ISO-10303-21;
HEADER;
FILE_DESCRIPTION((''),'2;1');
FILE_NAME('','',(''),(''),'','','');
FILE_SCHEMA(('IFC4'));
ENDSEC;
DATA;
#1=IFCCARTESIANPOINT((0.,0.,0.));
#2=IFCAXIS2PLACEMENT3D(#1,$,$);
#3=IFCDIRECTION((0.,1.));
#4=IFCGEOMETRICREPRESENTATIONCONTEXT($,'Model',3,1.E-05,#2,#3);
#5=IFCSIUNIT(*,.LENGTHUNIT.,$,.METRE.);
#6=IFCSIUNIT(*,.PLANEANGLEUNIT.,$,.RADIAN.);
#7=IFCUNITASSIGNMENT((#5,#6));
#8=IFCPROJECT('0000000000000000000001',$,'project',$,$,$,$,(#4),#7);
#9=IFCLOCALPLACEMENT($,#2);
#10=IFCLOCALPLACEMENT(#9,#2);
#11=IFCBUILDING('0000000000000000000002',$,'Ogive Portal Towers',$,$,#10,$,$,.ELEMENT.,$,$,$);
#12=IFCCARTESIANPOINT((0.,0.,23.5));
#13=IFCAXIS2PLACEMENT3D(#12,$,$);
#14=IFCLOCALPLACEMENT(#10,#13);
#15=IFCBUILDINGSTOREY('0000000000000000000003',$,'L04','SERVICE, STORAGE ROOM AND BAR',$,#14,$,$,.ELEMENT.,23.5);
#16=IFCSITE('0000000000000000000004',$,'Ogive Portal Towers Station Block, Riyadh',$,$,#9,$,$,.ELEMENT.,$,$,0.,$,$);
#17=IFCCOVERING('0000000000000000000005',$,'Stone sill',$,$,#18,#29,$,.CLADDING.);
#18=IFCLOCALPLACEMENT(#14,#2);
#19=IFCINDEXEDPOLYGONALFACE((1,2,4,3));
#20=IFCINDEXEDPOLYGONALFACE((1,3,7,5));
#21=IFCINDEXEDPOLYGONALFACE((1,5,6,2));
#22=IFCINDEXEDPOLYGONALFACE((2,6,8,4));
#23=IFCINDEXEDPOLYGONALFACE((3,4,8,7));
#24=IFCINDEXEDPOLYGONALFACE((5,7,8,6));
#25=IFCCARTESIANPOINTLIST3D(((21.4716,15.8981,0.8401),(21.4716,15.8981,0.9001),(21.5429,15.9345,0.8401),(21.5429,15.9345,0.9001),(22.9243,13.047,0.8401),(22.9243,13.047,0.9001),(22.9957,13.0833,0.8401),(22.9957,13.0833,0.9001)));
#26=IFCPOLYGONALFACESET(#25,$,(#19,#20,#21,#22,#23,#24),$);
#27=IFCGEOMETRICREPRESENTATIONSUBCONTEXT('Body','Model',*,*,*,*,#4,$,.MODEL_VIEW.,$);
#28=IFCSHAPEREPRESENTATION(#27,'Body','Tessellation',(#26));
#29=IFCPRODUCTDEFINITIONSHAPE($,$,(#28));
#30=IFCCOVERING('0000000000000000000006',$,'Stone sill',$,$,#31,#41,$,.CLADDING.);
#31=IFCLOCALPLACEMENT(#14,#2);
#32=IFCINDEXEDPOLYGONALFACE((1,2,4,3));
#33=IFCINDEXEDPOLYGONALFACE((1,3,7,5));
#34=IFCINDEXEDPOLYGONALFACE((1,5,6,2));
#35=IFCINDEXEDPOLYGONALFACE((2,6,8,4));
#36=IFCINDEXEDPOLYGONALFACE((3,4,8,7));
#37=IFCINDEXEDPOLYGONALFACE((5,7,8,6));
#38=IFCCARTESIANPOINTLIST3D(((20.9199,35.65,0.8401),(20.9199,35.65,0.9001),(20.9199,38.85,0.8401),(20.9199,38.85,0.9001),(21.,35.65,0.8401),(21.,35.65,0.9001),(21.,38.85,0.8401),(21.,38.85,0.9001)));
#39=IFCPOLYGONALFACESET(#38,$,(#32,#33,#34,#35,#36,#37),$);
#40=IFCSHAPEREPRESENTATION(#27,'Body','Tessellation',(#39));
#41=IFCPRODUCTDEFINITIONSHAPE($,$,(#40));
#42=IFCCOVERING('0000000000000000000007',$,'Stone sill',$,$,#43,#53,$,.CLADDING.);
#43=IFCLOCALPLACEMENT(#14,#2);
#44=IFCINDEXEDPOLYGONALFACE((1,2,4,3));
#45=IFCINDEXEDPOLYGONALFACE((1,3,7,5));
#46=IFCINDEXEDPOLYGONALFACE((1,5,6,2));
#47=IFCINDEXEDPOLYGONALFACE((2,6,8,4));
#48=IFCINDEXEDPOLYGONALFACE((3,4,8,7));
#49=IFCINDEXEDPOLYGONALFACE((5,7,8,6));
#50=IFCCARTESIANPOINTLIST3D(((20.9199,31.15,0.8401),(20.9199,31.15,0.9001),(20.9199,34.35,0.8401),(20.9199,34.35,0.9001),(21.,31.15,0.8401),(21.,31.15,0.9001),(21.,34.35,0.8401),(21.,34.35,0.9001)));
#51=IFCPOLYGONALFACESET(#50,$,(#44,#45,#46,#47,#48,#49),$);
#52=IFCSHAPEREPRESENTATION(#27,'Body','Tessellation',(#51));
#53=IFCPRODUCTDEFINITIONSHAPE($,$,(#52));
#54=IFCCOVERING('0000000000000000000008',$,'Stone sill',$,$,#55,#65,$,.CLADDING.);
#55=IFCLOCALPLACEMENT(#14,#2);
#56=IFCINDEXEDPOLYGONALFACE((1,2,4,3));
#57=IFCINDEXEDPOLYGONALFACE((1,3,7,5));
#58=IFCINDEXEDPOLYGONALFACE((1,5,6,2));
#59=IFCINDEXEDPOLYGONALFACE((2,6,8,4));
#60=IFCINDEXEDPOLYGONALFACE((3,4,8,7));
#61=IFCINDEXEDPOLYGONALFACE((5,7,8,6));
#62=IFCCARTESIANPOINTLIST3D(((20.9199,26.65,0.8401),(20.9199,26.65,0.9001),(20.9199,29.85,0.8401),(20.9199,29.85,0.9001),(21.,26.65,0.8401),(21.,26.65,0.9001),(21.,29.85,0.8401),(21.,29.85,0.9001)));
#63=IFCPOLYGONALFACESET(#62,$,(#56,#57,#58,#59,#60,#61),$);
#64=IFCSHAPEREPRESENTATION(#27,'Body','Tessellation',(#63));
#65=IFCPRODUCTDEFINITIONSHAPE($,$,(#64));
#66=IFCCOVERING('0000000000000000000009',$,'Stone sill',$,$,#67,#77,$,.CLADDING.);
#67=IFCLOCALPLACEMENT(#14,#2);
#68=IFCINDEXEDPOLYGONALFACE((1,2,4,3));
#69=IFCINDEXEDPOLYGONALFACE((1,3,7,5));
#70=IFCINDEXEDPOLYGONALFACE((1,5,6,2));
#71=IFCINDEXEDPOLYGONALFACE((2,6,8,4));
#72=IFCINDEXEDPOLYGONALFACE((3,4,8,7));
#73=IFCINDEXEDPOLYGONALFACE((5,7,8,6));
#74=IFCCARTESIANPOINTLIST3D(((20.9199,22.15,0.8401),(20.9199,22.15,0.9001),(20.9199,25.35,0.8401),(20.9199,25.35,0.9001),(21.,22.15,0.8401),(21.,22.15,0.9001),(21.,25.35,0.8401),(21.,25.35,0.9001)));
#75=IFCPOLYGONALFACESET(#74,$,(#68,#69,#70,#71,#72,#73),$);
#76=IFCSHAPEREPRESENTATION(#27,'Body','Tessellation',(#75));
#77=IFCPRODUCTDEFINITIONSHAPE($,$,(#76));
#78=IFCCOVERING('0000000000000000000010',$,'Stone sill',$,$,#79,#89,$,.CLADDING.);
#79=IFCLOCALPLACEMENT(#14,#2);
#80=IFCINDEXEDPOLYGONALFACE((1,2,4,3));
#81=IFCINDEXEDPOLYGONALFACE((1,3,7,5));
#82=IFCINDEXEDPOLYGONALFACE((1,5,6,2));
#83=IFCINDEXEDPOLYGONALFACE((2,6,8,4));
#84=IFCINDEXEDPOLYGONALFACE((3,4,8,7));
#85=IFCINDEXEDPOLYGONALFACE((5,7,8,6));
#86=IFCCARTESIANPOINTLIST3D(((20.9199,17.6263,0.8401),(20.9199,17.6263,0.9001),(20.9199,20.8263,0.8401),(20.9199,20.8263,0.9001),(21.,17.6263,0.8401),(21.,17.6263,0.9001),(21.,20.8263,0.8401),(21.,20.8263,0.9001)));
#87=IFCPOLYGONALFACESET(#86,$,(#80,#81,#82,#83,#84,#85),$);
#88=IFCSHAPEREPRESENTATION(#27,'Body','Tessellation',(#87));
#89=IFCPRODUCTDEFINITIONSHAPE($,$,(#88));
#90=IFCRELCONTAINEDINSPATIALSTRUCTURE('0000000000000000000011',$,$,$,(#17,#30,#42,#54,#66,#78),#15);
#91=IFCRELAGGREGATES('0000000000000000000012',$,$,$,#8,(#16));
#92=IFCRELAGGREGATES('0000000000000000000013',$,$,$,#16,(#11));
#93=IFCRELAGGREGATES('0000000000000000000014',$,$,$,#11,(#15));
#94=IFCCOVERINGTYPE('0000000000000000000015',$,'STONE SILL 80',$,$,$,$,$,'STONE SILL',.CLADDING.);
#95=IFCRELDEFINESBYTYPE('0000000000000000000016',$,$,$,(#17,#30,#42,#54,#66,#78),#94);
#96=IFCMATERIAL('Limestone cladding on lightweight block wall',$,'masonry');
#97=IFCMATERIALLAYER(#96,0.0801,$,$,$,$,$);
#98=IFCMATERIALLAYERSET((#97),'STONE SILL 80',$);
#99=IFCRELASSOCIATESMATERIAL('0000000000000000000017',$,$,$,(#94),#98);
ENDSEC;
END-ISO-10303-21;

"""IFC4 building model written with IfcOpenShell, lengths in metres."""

from ifc_helpers import new_model, si_unit, direction, frame, origin, origin_2d, place, context, subcontext, project, spatial, rectangle, extrude, material, layer, layer_set, type_object, element, save


model = new_model("IFC4")

# Units and contexts
model_context = context("Model", 3, precision=1e-05, world=origin(), true_north=direction((0.0, 1.0)))
body_context = subcontext(model_context, "Body", "Model", "MODEL_VIEW")
ifc_project = project(units=[si_unit("LENGTHUNIT", "METRE"), si_unit("PLANEANGLEUNIT", "RADIAN")], contexts=[model_context])

# Site, building, storey
site_placement = place(None, origin())
site = spatial("IfcSite", under=ifc_project, at=site_placement, Name="Ogive Portal Towers Station Block, Riyadh", CompositionType="ELEMENT", RefElevation=0.0)
building_placement = place(site_placement, origin())
building = spatial("IfcBuilding", under=site, at=building_placement, Name="Ogive Portal Towers", CompositionType="ELEMENT")
storey_placement = place(building_placement, frame((0.0, 0.0, 23.5)))
storey = spatial("IfcBuildingStorey", under=building, at=storey_placement, Name="L04", Description="SERVICE, STORAGE ROOM AND BAR", CompositionType="ELEMENT", Elevation=23.5)

# Shared definitions
ifc_material_1 = material(Name="Limestone cladding on lightweight block wall", Category="masonry")

# Coverings
ifc_layer_1 = layer(ifc_material_1, 0.0801)
ifc_layer_set_1 = layer_set([ifc_layer_1], Name="STONE SILL 80")
covering_type = type_object("IfcCoveringType", Name="STONE SILL 80", ElementType="STONE SILL", PredefinedType="CLADDING", material=ifc_layer_set_1)
for number, where, z_axis, x_axis, name in (
    (1, (22.2336, 14.4907, 0.8401), (0.0, 0.0, 1.0), (0.45399, -0.891007, 0.0), "Stone sill"),
    (2, (20.96, 37.25, 0.8401), (0.0, 0.0, 1.0), (0.0, -1.0, 0.0), "Stone sill"),
    (3, (20.96, 32.75, 0.8401), (0.0, 0.0, 1.0), (0.0, -1.0, 0.0), "Stone sill"),
    (4, (20.96, 28.25, 0.8401), (0.0, 0.0, 1.0), (0.0, -1.0, 0.0), "Stone sill"),
    (5, (20.96, 23.75, 0.8401), (0.0, 0.0, 1.0), (0.0, -1.0, 0.0), "Stone sill"),
    (6, (20.96, 19.2263, 0.8401), (0.0, 0.0, 1.0), (0.0, -1.0, 0.0), "Stone sill"),
):
    element("IfcCovering", number, at=place(storey_placement, frame(where, z_axis=z_axis, x_axis=x_axis)), inside=storey, type_object=covering_type, Name=name, PredefinedType="CLADDING", context=body_context, shape_type="SweptSolid", body=[
        extrude(rectangle(XDim=3.2, YDim=0.0801, at=origin_2d()), origin(), (0.0, 0.0, 1.0), 0.0601),
    ])

save(model, "model.ifc")
